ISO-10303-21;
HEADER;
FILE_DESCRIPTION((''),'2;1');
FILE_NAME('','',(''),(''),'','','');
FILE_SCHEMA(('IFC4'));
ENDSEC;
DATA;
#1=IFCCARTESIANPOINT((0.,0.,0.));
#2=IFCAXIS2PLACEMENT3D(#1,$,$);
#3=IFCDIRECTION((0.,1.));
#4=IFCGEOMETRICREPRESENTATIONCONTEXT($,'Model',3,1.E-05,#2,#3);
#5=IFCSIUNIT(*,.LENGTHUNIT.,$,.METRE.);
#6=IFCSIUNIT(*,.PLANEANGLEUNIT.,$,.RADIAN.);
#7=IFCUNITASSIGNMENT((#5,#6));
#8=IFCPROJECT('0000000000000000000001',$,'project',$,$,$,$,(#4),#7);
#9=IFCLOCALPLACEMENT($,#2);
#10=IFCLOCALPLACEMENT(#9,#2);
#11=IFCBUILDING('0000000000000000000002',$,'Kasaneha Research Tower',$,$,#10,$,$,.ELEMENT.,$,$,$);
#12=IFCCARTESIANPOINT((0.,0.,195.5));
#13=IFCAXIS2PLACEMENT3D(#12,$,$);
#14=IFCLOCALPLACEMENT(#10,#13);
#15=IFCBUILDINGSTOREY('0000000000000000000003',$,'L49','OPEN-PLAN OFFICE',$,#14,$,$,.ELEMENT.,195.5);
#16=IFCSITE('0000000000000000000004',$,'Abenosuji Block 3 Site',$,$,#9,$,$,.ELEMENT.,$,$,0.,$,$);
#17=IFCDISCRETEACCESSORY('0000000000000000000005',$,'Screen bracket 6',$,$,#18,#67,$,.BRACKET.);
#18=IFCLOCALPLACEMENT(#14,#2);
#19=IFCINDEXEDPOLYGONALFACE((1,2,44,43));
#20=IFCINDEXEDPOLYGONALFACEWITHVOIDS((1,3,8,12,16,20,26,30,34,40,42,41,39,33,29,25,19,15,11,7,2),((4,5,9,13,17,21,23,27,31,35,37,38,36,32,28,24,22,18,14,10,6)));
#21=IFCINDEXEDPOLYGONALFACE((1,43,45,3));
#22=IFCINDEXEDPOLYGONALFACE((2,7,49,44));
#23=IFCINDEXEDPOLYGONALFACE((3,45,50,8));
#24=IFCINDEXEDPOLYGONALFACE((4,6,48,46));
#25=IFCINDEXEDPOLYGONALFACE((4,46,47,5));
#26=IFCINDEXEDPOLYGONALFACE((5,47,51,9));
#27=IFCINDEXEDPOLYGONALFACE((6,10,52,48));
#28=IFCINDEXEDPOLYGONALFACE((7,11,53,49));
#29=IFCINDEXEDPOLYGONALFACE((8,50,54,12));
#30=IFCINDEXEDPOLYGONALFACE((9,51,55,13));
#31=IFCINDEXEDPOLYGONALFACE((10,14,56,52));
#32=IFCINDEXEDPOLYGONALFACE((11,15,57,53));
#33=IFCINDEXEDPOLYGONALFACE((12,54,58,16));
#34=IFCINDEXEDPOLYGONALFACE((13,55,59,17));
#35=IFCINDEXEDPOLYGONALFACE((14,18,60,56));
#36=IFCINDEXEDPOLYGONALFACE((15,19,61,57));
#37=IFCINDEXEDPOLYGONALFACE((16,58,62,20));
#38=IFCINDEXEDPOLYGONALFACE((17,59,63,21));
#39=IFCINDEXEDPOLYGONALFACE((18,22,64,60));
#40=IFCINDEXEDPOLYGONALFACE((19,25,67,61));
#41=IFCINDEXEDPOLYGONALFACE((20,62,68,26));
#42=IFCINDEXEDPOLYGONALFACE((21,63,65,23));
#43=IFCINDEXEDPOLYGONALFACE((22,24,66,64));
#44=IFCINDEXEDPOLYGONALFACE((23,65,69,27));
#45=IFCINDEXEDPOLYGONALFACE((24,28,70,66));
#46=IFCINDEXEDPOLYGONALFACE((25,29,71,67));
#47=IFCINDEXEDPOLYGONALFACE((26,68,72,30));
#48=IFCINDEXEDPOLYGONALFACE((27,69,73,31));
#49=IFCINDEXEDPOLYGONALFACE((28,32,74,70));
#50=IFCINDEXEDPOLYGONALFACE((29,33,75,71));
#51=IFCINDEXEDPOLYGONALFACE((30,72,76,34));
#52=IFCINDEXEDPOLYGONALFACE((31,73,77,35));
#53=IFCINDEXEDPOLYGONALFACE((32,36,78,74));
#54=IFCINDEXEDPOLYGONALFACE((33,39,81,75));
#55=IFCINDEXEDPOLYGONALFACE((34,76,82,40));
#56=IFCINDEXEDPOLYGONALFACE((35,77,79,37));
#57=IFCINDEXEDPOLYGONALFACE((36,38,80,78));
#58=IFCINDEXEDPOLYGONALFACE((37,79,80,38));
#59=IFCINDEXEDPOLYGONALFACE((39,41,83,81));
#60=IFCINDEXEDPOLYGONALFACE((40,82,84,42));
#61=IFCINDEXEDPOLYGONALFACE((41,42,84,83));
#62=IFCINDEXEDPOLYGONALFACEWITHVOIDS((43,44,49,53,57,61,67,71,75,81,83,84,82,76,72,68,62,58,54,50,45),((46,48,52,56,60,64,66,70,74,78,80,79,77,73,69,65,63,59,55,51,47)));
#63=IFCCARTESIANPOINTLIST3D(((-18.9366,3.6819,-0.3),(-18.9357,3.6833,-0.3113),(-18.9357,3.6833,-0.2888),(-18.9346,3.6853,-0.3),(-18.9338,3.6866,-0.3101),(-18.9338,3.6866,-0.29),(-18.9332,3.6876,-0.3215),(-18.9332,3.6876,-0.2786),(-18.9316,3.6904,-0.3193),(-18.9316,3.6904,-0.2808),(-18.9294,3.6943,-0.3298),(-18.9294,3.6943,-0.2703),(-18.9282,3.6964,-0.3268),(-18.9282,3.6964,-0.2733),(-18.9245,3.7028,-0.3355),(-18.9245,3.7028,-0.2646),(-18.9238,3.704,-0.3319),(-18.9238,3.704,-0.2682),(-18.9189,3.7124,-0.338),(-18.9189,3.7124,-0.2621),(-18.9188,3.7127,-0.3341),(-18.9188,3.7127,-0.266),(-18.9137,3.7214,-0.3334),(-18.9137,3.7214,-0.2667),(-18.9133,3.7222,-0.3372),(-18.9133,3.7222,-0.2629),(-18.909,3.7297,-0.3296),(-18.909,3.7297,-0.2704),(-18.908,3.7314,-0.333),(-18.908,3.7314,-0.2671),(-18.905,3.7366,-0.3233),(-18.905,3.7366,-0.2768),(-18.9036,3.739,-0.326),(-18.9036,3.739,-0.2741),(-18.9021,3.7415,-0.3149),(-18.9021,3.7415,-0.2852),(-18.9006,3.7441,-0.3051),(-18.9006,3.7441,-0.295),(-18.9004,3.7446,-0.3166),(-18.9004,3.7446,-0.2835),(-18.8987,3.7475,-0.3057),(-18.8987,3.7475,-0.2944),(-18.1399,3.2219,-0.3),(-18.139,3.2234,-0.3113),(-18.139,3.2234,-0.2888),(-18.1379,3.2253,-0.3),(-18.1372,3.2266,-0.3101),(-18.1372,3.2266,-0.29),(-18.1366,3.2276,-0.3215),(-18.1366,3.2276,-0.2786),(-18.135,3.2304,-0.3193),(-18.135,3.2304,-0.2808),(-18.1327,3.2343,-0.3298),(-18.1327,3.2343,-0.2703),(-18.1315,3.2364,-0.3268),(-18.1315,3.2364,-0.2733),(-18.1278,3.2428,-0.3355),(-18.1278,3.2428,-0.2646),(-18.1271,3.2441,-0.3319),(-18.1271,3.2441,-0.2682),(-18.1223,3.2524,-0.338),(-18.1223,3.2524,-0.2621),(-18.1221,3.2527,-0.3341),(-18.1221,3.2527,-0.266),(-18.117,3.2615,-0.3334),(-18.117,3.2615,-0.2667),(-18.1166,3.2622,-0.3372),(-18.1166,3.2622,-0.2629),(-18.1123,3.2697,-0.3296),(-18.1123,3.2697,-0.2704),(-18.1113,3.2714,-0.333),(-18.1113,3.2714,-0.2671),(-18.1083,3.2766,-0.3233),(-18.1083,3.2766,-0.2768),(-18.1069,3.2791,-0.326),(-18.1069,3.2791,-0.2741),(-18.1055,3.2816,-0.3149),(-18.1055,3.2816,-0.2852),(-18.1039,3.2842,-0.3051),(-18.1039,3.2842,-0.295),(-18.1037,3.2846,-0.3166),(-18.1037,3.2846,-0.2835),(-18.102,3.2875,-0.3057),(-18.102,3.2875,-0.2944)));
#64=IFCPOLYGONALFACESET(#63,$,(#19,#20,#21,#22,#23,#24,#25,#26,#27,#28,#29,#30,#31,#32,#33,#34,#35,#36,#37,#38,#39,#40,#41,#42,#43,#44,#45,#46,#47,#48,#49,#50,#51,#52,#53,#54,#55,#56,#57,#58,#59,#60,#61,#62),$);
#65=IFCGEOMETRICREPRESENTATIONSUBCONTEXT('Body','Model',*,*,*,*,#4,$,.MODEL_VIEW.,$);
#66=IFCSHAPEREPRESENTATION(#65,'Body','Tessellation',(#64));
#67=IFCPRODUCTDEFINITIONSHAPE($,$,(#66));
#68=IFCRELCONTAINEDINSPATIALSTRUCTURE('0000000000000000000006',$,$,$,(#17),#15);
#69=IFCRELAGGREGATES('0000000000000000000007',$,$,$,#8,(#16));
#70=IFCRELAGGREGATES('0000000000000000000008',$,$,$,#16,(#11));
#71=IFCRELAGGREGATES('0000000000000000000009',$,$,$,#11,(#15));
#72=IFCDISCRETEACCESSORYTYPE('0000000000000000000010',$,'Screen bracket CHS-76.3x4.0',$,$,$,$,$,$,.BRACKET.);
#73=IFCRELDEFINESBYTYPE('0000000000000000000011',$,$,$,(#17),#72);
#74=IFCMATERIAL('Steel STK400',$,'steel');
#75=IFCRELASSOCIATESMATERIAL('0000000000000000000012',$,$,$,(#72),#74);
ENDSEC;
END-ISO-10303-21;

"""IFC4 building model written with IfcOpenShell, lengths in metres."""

from ifc_helpers import new_model, si_unit, direction, frame, origin, origin_2d, place, context, subcontext, project, spatial, hollow_circle, extrude, material, material_profile, profile_set, type_object, element, save


model = new_model("IFC4")

# Units and contexts
model_context = context("Model", 3, precision=1e-05, world=origin(), true_north=direction((0.0, 1.0)))
body_context = subcontext(model_context, "Body", "Model", "MODEL_VIEW")
ifc_project = project(units=[si_unit("LENGTHUNIT", "METRE"), si_unit("PLANEANGLEUNIT", "RADIAN")], contexts=[model_context])

# Site, building, storey
site_placement = place(None, origin())
site = spatial("IfcSite", under=ifc_project, at=site_placement, Name="Abenosuji Block 3 Site", CompositionType="ELEMENT", RefElevation=0.0)
building_placement = place(site_placement, origin())
building = spatial("IfcBuilding", under=site, at=building_placement, Name="Kasaneha Research Tower", CompositionType="ELEMENT")
storey_placement = place(building_placement, frame((0.0, 0.0, 195.5)))
storey = spatial("IfcBuildingStorey", under=building, at=storey_placement, Name="L49", Description="OPEN-PLAN OFFICE", CompositionType="ELEMENT", Elevation=195.5)

# Discrete accessory
ifc_material_1 = material(Name="Steel STK400", Category="steel")
ifc_material_profile_1 = material_profile(ifc_material_1, hollow_circle(Radius=0.0381, WallThickness=0.0039, at=origin_2d()), Name="CHS-76.3x4.0")
ifc_profile_set_1 = profile_set([ifc_material_profile_1], Name="Steel STK400")
discrete_accessory_type = type_object("IfcDiscreteAccessoryType", Name="Screen bracket CHS-76.3x4.0", PredefinedType="BRACKET", material=ifc_profile_set_1)
for number, where, z_axis, x_axis, name in (
    (1, (-18.1208, 3.2549, -0.3), (-0.866013, 0.500021, 0.0), (-0.500021, -0.866013, 0.0), "Screen bracket 6"),
):
    element("IfcDiscreteAccessory", number, at=place(storey_placement, frame(where, z_axis=z_axis, x_axis=x_axis)), inside=storey, type_object=discrete_accessory_type, Name=name, PredefinedType="BRACKET", context=body_context, shape_type="SweptSolid", body=[
        extrude(hollow_circle(Radius=0.0381, WallThickness=0.0039, at=origin_2d()), origin(), (0.0, 0.0, 1.0), 0.9199),
    ])

save(model, "model.ifc")
